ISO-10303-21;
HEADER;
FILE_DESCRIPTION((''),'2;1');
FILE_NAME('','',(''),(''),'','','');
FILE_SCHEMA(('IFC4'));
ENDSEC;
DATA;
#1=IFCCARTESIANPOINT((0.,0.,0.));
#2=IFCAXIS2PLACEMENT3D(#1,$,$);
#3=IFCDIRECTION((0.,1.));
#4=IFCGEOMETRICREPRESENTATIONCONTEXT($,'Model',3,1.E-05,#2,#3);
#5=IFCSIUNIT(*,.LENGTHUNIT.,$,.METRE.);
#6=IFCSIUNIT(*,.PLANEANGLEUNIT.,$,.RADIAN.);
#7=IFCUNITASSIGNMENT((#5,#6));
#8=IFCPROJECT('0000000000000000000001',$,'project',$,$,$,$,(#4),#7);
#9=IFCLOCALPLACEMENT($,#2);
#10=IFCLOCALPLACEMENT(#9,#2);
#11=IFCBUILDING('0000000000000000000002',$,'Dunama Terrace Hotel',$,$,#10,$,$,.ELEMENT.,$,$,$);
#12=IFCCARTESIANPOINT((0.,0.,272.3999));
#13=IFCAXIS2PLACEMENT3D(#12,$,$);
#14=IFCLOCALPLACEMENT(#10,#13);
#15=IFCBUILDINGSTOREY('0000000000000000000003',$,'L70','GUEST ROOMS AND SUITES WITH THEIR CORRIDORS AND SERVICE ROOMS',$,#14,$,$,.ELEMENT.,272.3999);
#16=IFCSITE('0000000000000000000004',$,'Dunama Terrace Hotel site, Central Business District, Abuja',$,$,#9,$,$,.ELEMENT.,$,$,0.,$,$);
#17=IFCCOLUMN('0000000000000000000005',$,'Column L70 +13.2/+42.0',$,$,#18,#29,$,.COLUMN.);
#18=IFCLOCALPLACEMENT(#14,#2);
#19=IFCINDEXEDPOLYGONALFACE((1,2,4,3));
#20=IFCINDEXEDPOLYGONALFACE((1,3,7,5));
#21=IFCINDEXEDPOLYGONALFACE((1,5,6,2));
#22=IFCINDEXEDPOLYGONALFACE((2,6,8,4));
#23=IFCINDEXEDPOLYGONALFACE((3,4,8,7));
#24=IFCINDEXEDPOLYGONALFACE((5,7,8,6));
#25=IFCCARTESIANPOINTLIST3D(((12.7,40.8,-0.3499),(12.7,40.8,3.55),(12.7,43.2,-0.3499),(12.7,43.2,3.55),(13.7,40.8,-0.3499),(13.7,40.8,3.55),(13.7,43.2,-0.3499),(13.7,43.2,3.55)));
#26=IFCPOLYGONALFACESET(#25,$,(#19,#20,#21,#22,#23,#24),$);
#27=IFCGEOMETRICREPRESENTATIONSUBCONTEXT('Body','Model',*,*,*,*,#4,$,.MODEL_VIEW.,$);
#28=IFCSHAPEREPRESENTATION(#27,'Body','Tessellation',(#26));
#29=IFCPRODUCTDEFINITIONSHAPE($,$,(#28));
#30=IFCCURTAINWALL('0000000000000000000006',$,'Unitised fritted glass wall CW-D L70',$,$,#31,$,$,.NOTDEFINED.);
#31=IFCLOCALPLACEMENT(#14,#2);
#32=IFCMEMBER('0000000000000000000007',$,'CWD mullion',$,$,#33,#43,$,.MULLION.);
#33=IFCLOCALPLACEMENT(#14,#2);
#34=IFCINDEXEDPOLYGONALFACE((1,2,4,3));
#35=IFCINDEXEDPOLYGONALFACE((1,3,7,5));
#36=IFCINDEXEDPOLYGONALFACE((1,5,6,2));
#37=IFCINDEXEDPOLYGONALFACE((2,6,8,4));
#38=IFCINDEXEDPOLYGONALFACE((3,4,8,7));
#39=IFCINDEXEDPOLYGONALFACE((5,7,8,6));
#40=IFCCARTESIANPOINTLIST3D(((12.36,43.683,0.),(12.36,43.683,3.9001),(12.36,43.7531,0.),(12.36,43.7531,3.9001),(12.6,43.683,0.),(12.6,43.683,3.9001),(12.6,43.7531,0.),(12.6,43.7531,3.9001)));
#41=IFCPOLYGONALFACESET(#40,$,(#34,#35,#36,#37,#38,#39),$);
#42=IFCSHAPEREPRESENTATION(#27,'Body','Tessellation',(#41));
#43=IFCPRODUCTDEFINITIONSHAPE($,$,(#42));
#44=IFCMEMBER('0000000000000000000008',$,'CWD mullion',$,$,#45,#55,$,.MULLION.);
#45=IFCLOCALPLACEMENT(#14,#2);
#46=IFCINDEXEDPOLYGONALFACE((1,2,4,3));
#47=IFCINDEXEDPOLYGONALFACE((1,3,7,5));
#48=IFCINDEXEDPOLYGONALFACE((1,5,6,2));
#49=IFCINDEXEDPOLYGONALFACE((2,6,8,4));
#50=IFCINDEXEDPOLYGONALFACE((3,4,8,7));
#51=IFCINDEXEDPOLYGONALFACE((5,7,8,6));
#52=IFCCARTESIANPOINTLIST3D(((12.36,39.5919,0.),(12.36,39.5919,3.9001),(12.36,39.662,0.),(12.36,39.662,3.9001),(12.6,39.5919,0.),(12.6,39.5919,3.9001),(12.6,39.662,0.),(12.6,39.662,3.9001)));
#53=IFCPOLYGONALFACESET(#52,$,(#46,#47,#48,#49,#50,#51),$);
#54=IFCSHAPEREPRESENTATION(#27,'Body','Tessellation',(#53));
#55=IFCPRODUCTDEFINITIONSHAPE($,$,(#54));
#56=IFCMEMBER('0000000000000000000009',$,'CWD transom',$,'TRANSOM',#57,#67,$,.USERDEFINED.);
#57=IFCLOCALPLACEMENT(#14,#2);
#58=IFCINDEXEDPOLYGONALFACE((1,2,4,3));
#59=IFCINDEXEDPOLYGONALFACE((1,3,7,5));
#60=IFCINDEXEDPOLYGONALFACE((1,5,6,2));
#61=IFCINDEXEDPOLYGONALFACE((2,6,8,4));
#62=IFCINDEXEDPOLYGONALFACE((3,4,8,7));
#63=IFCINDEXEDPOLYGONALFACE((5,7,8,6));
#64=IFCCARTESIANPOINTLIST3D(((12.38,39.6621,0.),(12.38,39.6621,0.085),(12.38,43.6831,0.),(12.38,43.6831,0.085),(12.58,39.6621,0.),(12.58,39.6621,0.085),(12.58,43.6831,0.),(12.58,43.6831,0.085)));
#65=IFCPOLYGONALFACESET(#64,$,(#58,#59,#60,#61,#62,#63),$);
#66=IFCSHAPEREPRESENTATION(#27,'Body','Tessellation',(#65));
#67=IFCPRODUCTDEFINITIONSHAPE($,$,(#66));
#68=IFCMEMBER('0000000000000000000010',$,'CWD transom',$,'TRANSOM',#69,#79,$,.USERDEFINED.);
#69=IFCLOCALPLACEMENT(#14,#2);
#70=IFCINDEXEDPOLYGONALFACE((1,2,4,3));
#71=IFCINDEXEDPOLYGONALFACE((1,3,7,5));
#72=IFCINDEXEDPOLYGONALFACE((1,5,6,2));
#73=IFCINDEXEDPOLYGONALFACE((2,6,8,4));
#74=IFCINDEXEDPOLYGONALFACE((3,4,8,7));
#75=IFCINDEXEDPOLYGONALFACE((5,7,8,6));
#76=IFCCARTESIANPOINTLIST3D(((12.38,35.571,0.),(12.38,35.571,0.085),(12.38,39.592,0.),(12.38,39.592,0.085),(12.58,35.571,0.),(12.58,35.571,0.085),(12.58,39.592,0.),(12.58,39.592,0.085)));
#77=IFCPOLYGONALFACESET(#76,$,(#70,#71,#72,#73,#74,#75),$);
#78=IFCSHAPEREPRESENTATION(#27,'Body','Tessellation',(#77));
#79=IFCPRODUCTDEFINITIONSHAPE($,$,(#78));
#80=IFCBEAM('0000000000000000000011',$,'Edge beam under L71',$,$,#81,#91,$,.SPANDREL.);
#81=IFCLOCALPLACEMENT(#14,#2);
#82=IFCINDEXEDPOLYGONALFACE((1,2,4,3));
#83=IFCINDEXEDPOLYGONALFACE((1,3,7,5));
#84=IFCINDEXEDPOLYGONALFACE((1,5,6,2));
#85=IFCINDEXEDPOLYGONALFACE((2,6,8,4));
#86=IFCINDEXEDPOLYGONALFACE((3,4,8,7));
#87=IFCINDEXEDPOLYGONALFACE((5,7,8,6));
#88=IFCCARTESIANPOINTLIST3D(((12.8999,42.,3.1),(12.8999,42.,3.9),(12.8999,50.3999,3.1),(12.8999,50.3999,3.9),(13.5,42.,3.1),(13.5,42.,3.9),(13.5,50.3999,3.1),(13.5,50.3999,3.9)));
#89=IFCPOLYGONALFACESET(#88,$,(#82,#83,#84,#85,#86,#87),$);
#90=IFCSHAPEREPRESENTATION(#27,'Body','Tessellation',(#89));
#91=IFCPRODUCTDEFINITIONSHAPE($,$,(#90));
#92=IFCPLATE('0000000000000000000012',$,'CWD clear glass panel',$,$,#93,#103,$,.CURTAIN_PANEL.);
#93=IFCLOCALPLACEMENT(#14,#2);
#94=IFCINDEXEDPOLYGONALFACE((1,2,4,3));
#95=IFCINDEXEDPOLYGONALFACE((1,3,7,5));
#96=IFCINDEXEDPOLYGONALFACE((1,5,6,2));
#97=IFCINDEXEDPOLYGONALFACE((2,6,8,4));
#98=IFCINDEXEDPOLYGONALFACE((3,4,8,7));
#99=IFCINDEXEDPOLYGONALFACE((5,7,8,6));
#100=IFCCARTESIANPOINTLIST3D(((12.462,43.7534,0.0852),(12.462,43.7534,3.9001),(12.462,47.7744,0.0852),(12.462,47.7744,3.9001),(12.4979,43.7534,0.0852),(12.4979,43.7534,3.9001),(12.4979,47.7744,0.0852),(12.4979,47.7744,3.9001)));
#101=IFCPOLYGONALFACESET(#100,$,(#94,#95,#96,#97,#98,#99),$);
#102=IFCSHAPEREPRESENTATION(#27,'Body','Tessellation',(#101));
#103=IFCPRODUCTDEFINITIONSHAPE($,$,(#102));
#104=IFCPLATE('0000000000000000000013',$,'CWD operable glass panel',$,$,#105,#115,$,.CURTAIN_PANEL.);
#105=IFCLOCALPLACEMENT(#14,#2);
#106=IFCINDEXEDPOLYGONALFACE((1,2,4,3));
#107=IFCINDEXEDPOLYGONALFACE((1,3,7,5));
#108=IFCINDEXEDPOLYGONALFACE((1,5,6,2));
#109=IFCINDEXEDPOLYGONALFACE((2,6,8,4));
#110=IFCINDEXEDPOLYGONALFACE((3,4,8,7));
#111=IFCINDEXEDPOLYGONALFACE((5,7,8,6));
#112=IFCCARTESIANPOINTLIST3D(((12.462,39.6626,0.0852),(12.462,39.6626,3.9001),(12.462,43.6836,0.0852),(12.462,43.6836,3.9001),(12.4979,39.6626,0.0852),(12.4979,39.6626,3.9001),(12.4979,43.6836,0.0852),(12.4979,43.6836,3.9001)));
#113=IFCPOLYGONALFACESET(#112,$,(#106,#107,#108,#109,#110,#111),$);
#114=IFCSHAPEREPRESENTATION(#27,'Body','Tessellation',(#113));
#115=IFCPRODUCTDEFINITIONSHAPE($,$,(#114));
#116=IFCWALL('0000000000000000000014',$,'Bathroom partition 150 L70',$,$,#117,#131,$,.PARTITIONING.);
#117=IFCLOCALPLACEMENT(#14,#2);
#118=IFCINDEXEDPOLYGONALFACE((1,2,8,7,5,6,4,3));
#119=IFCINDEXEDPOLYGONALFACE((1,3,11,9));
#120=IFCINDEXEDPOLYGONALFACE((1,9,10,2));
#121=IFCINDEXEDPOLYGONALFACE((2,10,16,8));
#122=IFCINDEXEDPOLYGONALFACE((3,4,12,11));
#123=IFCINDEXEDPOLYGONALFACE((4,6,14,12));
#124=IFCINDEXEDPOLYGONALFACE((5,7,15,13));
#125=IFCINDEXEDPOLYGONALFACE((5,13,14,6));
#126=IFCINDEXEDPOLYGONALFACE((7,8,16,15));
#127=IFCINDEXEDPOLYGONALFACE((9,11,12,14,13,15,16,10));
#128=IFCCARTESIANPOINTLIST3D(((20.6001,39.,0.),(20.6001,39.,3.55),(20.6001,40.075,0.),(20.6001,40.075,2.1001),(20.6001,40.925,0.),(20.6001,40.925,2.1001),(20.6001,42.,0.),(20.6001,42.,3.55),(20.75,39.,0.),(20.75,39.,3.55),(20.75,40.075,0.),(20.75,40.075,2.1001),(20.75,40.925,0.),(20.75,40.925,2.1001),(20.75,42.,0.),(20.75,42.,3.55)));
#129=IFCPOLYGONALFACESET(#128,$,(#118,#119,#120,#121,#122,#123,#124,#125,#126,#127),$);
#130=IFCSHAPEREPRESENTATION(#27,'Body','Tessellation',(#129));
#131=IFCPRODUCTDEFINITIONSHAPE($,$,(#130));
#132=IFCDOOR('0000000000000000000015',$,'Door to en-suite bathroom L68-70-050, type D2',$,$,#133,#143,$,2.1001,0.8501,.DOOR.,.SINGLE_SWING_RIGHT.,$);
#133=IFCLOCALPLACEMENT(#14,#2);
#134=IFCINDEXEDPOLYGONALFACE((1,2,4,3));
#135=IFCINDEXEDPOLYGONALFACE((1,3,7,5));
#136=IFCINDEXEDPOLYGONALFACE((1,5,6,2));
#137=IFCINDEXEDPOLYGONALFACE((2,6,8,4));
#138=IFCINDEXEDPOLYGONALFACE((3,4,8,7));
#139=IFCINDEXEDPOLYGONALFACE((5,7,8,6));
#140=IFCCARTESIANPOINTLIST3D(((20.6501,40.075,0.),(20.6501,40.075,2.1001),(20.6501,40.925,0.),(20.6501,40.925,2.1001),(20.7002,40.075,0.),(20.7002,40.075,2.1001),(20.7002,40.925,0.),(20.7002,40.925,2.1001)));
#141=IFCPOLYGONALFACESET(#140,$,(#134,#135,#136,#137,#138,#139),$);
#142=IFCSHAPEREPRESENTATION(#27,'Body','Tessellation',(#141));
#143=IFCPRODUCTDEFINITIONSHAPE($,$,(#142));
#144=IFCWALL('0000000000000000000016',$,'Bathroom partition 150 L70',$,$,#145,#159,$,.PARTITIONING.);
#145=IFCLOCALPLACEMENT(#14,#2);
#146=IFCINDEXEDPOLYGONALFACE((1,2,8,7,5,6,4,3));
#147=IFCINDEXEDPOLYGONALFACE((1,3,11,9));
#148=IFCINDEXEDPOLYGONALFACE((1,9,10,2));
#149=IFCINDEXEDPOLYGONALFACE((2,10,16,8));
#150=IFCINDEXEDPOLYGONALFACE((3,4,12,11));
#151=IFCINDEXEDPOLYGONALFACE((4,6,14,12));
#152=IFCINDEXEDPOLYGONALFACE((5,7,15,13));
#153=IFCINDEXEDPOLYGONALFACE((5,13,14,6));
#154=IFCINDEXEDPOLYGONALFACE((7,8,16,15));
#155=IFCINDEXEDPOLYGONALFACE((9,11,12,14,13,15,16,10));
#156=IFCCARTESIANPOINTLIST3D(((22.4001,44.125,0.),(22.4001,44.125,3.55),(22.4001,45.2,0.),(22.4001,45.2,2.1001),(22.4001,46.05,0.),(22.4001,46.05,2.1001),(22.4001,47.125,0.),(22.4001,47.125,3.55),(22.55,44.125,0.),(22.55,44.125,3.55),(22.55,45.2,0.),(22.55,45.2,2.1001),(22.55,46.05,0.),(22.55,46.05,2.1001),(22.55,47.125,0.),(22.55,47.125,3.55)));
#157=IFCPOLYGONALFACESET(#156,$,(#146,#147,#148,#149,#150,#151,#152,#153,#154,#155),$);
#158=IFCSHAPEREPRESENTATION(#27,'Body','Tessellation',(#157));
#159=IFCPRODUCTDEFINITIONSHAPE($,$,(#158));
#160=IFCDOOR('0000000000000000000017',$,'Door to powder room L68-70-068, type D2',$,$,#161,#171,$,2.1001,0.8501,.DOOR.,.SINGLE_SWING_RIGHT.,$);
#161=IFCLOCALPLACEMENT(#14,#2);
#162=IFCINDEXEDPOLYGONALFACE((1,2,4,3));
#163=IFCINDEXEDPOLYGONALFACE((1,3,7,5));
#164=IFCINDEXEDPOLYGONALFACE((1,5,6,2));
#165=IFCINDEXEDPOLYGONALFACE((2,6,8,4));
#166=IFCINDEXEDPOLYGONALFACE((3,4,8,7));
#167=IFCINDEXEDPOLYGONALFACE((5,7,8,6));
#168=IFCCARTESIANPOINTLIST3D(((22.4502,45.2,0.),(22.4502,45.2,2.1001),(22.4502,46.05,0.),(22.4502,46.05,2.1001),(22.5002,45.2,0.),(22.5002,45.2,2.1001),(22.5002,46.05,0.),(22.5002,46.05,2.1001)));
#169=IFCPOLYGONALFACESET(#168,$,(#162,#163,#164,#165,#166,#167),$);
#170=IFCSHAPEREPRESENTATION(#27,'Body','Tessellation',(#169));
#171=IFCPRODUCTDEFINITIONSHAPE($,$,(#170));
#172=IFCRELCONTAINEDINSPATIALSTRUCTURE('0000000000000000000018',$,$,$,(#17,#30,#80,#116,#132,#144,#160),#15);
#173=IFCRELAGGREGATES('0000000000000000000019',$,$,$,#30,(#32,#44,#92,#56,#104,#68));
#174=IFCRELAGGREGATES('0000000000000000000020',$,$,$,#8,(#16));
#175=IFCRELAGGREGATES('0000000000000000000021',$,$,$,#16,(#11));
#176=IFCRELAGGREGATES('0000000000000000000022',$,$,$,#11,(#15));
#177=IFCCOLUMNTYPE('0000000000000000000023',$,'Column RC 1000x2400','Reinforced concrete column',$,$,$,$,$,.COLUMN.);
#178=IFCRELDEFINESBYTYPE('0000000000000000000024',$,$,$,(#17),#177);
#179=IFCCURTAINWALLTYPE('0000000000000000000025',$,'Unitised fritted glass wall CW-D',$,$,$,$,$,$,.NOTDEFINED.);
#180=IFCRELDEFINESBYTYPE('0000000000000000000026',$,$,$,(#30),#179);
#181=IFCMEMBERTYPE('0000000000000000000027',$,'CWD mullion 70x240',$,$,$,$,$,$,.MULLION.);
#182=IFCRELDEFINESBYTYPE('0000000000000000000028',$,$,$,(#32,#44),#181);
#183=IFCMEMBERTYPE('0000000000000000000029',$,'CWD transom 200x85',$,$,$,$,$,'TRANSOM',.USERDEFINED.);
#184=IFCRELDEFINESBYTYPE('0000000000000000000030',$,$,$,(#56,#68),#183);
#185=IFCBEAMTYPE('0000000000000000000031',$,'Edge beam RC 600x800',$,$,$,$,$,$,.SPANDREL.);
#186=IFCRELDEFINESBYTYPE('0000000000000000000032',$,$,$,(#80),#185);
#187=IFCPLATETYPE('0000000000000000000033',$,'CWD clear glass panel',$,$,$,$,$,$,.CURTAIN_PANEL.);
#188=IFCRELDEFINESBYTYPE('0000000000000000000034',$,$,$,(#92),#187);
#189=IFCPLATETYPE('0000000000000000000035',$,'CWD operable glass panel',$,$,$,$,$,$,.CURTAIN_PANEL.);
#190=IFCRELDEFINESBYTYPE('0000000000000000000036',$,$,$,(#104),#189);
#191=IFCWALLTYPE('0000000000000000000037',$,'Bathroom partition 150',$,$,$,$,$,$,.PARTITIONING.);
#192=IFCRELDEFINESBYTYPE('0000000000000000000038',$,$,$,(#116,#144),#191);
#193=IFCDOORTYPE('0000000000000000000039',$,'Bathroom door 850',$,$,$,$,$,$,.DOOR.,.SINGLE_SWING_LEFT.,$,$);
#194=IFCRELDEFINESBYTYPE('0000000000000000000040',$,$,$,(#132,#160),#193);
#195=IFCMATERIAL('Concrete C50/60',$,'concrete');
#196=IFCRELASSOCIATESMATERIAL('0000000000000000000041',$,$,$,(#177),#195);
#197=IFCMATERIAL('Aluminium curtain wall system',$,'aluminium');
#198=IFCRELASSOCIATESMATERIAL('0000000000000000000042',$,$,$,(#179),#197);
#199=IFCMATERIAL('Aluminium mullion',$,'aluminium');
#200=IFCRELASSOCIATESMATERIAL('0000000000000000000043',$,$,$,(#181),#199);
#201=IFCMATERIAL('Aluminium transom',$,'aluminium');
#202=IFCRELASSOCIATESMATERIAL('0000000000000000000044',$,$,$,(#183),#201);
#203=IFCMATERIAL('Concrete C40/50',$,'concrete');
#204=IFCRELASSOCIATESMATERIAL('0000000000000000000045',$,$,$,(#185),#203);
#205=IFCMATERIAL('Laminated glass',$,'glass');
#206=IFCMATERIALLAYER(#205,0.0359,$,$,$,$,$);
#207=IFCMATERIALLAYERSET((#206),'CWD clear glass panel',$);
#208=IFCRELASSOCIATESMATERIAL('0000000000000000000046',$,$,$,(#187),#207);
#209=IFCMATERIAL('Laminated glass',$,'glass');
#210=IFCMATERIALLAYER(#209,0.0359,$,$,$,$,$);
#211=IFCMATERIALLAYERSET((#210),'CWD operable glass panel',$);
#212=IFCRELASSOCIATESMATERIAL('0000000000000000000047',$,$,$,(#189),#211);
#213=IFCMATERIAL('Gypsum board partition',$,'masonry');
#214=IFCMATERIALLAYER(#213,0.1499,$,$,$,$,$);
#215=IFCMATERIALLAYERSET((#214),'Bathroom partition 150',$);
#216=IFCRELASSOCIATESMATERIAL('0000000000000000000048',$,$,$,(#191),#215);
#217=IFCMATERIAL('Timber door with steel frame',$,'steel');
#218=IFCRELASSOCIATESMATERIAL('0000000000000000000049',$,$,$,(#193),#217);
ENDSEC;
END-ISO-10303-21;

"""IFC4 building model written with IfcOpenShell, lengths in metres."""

from ifc_helpers import new_model, si_unit, direction, frame, frame_2d, origin, origin_2d, place, context, subcontext, project, spatial, rectangle, extrude, material, layer, layer_set, material_profile, profile_set, type_object, element, fill, aggregate, save


model = new_model("IFC4")

# Units and contexts
model_context = context("Model", 3, precision=1e-05, world=origin(), true_north=direction((0.0, 1.0)))
body_context = subcontext(model_context, "Body", "Model", "MODEL_VIEW")
ifc_project = project(units=[si_unit("LENGTHUNIT", "METRE"), si_unit("PLANEANGLEUNIT", "RADIAN")], contexts=[model_context])

# Site, building, storey
site_placement = place(None, origin())
site = spatial("IfcSite", under=ifc_project, at=site_placement, Name="Dunama Terrace Hotel site, Central Business District, Abuja", CompositionType="ELEMENT", RefElevation=0.0)
building_placement = place(site_placement, origin())
building = spatial("IfcBuilding", under=site, at=building_placement, Name="Dunama Terrace Hotel", CompositionType="ELEMENT")
storey_placement = place(building_placement, frame((0.0, 0.0, 272.3999)))
storey = spatial("IfcBuildingStorey", under=building, at=storey_placement, Name="L70", Description="GUEST ROOMS AND SUITES WITH THEIR CORRIDORS AND SERVICE ROOMS", CompositionType="ELEMENT", Elevation=272.3999)

# Column
ifc_material_1 = material(Name="Concrete C50/60", Category="concrete")
ifc_material_profile_1 = material_profile(ifc_material_1, rectangle(XDim=1.0, YDim=2.3999, at=origin_2d()), Name="RC 1000x2400")
ifc_profile_set_1 = profile_set([ifc_material_profile_1], Name="Concrete C50/60")
column_type = type_object("IfcColumnType", Name="Column RC 1000x2400", Description="Reinforced concrete column", PredefinedType="COLUMN", material=ifc_profile_set_1)
column_placement = place(storey_placement, frame((13.2, 42.0, -0.3499), z_axis=(0.0, 0.0, 1.0), x_axis=(1.0, 0.0, 0.0)))
element("IfcColumn", 1, at=column_placement, inside=storey, type_object=column_type, Name="Column L70 +13.2/+42.0", PredefinedType="COLUMN", context=body_context, shape_type="SweptSolid", body=[
    extrude(rectangle(XDim=1.0, YDim=2.3999, at=origin_2d()), origin(), (0.0, 0.0, 1.0), 3.8999),
])

# Curtain wall, members
ifc_material_2 = material(Name="Aluminium curtain wall system", Category="aluminium")
curtain_wall_type = type_object("IfcCurtainWallType", Name="Unitised fritted glass wall CW-D", PredefinedType="NOTDEFINED", material=ifc_material_2)
curtain_wall_placement = place(storey_placement, origin())
curtain_wall = element("IfcCurtainWall", 2, at=curtain_wall_placement, inside=storey, type_object=curtain_wall_type, Name="Unitised fritted glass wall CW-D L70", PredefinedType="NOTDEFINED")
ifc_material_3 = material(Name="Aluminium mullion", Category="aluminium")
ifc_material_profile_2 = material_profile(ifc_material_3, rectangle(XDim=0.0701, YDim=0.24, at=origin_2d()), Name="CWD MULLION 70X240")
ifc_profile_set_2 = profile_set([ifc_material_profile_2], Name="Aluminium mullion")
member_type_1 = type_object("IfcMemberType", Name="CWD mullion 70x240", PredefinedType="MULLION", material=ifc_profile_set_2)
member_1_placement = place(storey_placement, frame((12.48, 43.718, 0.0), z_axis=(0.0, 0.0, 1.0), x_axis=(0.0, -1.0, 0.0)))
member_1 = element("IfcMember", 3, at=member_1_placement, type_object=member_type_1, Name="CWD mullion", PredefinedType="MULLION", context=body_context, shape_type="SweptSolid", body=[
    extrude(rectangle(XDim=0.0701, YDim=0.24, at=origin_2d()), origin(), (0.0, 0.0, 1.0), 3.9001),
])
member_2_placement = place(storey_placement, frame((12.48, 39.627, 0.0), z_axis=(0.0, 0.0, 1.0), x_axis=(0.0, -1.0, 0.0)))
member_2 = element("IfcMember", 4, at=member_2_placement, type_object=member_type_1, Name="CWD mullion", PredefinedType="MULLION", context=body_context, shape_type="SweptSolid", body=[
    extrude(rectangle(XDim=0.0701, YDim=0.24, at=origin_2d()), origin(), (0.0, 0.0, 1.0), 3.9001),
])
ifc_material_4 = material(Name="Aluminium transom", Category="aluminium")
ifc_material_profile_3 = material_profile(ifc_material_4, rectangle(XDim=0.2, YDim=0.085, at=origin_2d()), Name="CWD TRANSOM 200X85")
ifc_profile_set_3 = profile_set([ifc_material_profile_3], Name="Aluminium transom")
member_type_2 = type_object("IfcMemberType", Name="CWD transom 200x85", ElementType="TRANSOM", PredefinedType="USERDEFINED", material=ifc_profile_set_3)
member_3_placement = place(storey_placement, frame((12.48, 43.6831, 0.0425), z_axis=(0.0, -1.0, 0.0), x_axis=(1.0, 0.0, 0.0)))
member_3 = element("IfcMember", 5, at=member_3_placement, type_object=member_type_2, Name="CWD transom", ObjectType="TRANSOM", PredefinedType="USERDEFINED", context=body_context, shape_type="SweptSolid", body=[
    extrude(rectangle(XDim=0.2, YDim=0.085, at=origin_2d()), origin(), (0.0, 0.0, 1.0), 4.021),
])
member_4_placement = place(storey_placement, frame((12.48, 39.592, 0.0425), z_axis=(0.0, -1.0, 0.0), x_axis=(1.0, 0.0, 0.0)))
member_4 = element("IfcMember", 6, at=member_4_placement, type_object=member_type_2, Name="CWD transom", ObjectType="TRANSOM", PredefinedType="USERDEFINED", context=body_context, shape_type="SweptSolid", body=[
    extrude(rectangle(XDim=0.2, YDim=0.085, at=origin_2d()), origin(), (0.0, 0.0, 1.0), 4.021),
])

# Beam
ifc_material_5 = material(Name="Concrete C40/50", Category="concrete")
ifc_material_profile_4 = material_profile(ifc_material_5, rectangle(XDim=0.6001, YDim=0.8, at=origin_2d()), Name="RC 600x800")
ifc_profile_set_4 = profile_set([ifc_material_profile_4], Name="Concrete C40/50")
beam_type = type_object("IfcBeamType", Name="Edge beam RC 600x800", PredefinedType="SPANDREL", material=ifc_profile_set_4)
beam_placement = place(storey_placement, frame((13.2, 42.0, 3.5), z_axis=(0.0, 1.0, 0.0), x_axis=(-1.0, 0.0, 0.0)))
element("IfcBeam", 7, at=beam_placement, inside=storey, type_object=beam_type, Name="Edge beam under L71", PredefinedType="SPANDREL", context=body_context, shape_type="SweptSolid", body=[
    extrude(rectangle(XDim=0.6001, YDim=0.8, at=origin_2d()), origin(), (0.0, 0.0, 1.0), 8.3999),
])

# Plates
ifc_material_6 = material(Name="Laminated glass", Category="glass")
ifc_layer_1 = layer(ifc_material_6, 0.0359)
ifc_layer_set_1 = layer_set([ifc_layer_1], Name="CWD clear glass panel")
plate_type_1 = type_object("IfcPlateType", Name="CWD clear glass panel", PredefinedType="CURTAIN_PANEL", material=ifc_layer_set_1)
plate_1_placement = place(storey_placement, frame((12.48, 45.7639, 0.0852), z_axis=(0.0, 0.0, 1.0), x_axis=(0.0, -1.0, 0.0)))
plate_1 = element("IfcPlate", 8, at=plate_1_placement, type_object=plate_type_1, Name="CWD clear glass panel", PredefinedType="CURTAIN_PANEL", context=body_context, shape_type="SweptSolid", body=[
    extrude(rectangle(XDim=4.021, YDim=0.0359, at=origin_2d()), origin(), (0.0, 0.0, 1.0), 3.8149),
])
ifc_material_7 = material(Name="Laminated glass", Category="glass")
ifc_layer_2 = layer(ifc_material_7, 0.0359)
ifc_layer_set_2 = layer_set([ifc_layer_2], Name="CWD operable glass panel")
plate_type_2 = type_object("IfcPlateType", Name="CWD operable glass panel", PredefinedType="CURTAIN_PANEL", material=ifc_layer_set_2)
plate_2_placement = place(storey_placement, frame((12.48, 41.6731, 0.0852), z_axis=(0.0, 0.0, 1.0), x_axis=(0.0, -1.0, 0.0)))
plate_2 = element("IfcPlate", 9, at=plate_2_placement, type_object=plate_type_2, Name="CWD operable glass panel", PredefinedType="CURTAIN_PANEL", context=body_context, shape_type="SweptSolid", body=[
    extrude(rectangle(XDim=4.021, YDim=0.0359, at=origin_2d()), origin(), (0.0, 0.0, 1.0), 3.8149),
])
aggregate(curtain_wall, [member_1, member_2, plate_1, member_3, plate_2, member_4])

# Walls, openings, doors
ifc_material_8 = material(Name="Gypsum board partition", Category="masonry")
ifc_layer_3 = layer(ifc_material_8, 0.1499)
ifc_layer_set_3 = layer_set([ifc_layer_3], Name="Bathroom partition 150")
wall_type_1 = type_object("IfcWallType", Name="Bathroom partition 150", PredefinedType="PARTITIONING", material=ifc_layer_set_3)
wall_1_placement = place(storey_placement, frame((20.675, 39.0, 0.0), z_axis=(0.0, 0.0, 1.0), x_axis=(0.0, 1.0, 0.0)))
wall_1 = element("IfcWall", 10, at=wall_1_placement, inside=storey, type_object=wall_type_1, Name="Bathroom partition 150 L70", PredefinedType="PARTITIONING", context=body_context, shape_type="SweptSolid", body=[
    extrude(rectangle(XDim=3.0, YDim=0.1499, at=frame_2d((1.5, 0.0))), origin(), (0.0, 0.0, 1.0), 3.55),
])
opening_1_placement = place(wall_1_placement, frame((1.075, 0.0, 0.0)))
opening_1 = element("IfcOpeningElement", 11, at=opening_1_placement, cuts=wall_1, PredefinedType="OPENING", context=body_context, shape_type="SweptSolid", body=[
    extrude(rectangle(XDim=0.8501, YDim=2.1001, at=frame_2d((0.425, 1.05))), frame((0.0, 0.085, 0.0), z_axis=(0.0, -1.0, 0.0), x_axis=(1.0, 0.0, 0.0)), (0.0, 0.0, 1.0), 0.1699),
])
ifc_material_9 = material(Name="Timber door with steel frame", Category="steel")
door_type_1 = type_object("IfcDoorType", Name="Bathroom door 850", OperationType="SINGLE_SWING_LEFT", PredefinedType="DOOR", material=ifc_material_9)
door_1_placement = place(opening_1_placement, origin())
door_1 = element("IfcDoor", 12, at=door_1_placement, inside=storey, type_object=door_type_1, Name="Door to en-suite bathroom L68-70-050, type D2", OperationType="SINGLE_SWING_RIGHT", OverallHeight=2.1001, OverallWidth=0.8501, PredefinedType="DOOR", context=body_context, shape_type="SweptSolid", body=[
    extrude(rectangle(XDim=0.8501, YDim=2.1001, at=frame_2d((0.425, 1.05))), frame((0.0, 0.0249, 0.0), z_axis=(0.0, -1.0, 0.0), x_axis=(1.0, 0.0, 0.0)), (0.0, 0.0, 1.0), 0.05),
])
fill(opening_1, door_1)
wall_2_placement = place(storey_placement, frame((22.4751, 44.125, 0.0), z_axis=(0.0, 0.0, 1.0), x_axis=(0.0, 1.0, 0.0)))
wall_2 = element("IfcWall", 13, at=wall_2_placement, inside=storey, type_object=wall_type_1, Name="Bathroom partition 150 L70", PredefinedType="PARTITIONING", context=body_context, shape_type="SweptSolid", body=[
    extrude(rectangle(XDim=3.0, YDim=0.1499, at=frame_2d((1.5, 0.0))), origin(), (0.0, 0.0, 1.0), 3.55),
])
opening_2_placement = place(wall_2_placement, frame((1.075, 0.0, 0.0)))
opening_2 = element("IfcOpeningElement", 14, at=opening_2_placement, cuts=wall_2, PredefinedType="OPENING", context=body_context, shape_type="SweptSolid", body=[
    extrude(rectangle(XDim=0.8501, YDim=2.1001, at=frame_2d((0.425, 1.05))), frame((0.0, 0.085, 0.0), z_axis=(0.0, -1.0, 0.0), x_axis=(1.0, 0.0, 0.0)), (0.0, 0.0, 1.0), 0.1699),
])
door_2_placement = place(opening_2_placement, frame((0.8501, 0.0, 0.0), z_axis=(0.0, 0.0, 1.0), x_axis=(-1.0, 0.0, 0.0)))
door_2 = element("IfcDoor", 15, at=door_2_placement, inside=storey, type_object=door_type_1, Name="Door to powder room L68-70-068, type D2", OperationType="SINGLE_SWING_RIGHT", OverallHeight=2.1001, OverallWidth=0.8501, PredefinedType="DOOR", context=body_context, shape_type="SweptSolid", body=[
    extrude(rectangle(XDim=0.8501, YDim=2.1001, at=frame_2d((0.425, 1.05))), frame((0.0, 0.0251, 0.0), z_axis=(0.0, -1.0, 0.0), x_axis=(1.0, 0.0, 0.0)), (0.0, 0.0, 1.0), 0.05),
])
fill(opening_2, door_2)

save(model, "model.ifc")
